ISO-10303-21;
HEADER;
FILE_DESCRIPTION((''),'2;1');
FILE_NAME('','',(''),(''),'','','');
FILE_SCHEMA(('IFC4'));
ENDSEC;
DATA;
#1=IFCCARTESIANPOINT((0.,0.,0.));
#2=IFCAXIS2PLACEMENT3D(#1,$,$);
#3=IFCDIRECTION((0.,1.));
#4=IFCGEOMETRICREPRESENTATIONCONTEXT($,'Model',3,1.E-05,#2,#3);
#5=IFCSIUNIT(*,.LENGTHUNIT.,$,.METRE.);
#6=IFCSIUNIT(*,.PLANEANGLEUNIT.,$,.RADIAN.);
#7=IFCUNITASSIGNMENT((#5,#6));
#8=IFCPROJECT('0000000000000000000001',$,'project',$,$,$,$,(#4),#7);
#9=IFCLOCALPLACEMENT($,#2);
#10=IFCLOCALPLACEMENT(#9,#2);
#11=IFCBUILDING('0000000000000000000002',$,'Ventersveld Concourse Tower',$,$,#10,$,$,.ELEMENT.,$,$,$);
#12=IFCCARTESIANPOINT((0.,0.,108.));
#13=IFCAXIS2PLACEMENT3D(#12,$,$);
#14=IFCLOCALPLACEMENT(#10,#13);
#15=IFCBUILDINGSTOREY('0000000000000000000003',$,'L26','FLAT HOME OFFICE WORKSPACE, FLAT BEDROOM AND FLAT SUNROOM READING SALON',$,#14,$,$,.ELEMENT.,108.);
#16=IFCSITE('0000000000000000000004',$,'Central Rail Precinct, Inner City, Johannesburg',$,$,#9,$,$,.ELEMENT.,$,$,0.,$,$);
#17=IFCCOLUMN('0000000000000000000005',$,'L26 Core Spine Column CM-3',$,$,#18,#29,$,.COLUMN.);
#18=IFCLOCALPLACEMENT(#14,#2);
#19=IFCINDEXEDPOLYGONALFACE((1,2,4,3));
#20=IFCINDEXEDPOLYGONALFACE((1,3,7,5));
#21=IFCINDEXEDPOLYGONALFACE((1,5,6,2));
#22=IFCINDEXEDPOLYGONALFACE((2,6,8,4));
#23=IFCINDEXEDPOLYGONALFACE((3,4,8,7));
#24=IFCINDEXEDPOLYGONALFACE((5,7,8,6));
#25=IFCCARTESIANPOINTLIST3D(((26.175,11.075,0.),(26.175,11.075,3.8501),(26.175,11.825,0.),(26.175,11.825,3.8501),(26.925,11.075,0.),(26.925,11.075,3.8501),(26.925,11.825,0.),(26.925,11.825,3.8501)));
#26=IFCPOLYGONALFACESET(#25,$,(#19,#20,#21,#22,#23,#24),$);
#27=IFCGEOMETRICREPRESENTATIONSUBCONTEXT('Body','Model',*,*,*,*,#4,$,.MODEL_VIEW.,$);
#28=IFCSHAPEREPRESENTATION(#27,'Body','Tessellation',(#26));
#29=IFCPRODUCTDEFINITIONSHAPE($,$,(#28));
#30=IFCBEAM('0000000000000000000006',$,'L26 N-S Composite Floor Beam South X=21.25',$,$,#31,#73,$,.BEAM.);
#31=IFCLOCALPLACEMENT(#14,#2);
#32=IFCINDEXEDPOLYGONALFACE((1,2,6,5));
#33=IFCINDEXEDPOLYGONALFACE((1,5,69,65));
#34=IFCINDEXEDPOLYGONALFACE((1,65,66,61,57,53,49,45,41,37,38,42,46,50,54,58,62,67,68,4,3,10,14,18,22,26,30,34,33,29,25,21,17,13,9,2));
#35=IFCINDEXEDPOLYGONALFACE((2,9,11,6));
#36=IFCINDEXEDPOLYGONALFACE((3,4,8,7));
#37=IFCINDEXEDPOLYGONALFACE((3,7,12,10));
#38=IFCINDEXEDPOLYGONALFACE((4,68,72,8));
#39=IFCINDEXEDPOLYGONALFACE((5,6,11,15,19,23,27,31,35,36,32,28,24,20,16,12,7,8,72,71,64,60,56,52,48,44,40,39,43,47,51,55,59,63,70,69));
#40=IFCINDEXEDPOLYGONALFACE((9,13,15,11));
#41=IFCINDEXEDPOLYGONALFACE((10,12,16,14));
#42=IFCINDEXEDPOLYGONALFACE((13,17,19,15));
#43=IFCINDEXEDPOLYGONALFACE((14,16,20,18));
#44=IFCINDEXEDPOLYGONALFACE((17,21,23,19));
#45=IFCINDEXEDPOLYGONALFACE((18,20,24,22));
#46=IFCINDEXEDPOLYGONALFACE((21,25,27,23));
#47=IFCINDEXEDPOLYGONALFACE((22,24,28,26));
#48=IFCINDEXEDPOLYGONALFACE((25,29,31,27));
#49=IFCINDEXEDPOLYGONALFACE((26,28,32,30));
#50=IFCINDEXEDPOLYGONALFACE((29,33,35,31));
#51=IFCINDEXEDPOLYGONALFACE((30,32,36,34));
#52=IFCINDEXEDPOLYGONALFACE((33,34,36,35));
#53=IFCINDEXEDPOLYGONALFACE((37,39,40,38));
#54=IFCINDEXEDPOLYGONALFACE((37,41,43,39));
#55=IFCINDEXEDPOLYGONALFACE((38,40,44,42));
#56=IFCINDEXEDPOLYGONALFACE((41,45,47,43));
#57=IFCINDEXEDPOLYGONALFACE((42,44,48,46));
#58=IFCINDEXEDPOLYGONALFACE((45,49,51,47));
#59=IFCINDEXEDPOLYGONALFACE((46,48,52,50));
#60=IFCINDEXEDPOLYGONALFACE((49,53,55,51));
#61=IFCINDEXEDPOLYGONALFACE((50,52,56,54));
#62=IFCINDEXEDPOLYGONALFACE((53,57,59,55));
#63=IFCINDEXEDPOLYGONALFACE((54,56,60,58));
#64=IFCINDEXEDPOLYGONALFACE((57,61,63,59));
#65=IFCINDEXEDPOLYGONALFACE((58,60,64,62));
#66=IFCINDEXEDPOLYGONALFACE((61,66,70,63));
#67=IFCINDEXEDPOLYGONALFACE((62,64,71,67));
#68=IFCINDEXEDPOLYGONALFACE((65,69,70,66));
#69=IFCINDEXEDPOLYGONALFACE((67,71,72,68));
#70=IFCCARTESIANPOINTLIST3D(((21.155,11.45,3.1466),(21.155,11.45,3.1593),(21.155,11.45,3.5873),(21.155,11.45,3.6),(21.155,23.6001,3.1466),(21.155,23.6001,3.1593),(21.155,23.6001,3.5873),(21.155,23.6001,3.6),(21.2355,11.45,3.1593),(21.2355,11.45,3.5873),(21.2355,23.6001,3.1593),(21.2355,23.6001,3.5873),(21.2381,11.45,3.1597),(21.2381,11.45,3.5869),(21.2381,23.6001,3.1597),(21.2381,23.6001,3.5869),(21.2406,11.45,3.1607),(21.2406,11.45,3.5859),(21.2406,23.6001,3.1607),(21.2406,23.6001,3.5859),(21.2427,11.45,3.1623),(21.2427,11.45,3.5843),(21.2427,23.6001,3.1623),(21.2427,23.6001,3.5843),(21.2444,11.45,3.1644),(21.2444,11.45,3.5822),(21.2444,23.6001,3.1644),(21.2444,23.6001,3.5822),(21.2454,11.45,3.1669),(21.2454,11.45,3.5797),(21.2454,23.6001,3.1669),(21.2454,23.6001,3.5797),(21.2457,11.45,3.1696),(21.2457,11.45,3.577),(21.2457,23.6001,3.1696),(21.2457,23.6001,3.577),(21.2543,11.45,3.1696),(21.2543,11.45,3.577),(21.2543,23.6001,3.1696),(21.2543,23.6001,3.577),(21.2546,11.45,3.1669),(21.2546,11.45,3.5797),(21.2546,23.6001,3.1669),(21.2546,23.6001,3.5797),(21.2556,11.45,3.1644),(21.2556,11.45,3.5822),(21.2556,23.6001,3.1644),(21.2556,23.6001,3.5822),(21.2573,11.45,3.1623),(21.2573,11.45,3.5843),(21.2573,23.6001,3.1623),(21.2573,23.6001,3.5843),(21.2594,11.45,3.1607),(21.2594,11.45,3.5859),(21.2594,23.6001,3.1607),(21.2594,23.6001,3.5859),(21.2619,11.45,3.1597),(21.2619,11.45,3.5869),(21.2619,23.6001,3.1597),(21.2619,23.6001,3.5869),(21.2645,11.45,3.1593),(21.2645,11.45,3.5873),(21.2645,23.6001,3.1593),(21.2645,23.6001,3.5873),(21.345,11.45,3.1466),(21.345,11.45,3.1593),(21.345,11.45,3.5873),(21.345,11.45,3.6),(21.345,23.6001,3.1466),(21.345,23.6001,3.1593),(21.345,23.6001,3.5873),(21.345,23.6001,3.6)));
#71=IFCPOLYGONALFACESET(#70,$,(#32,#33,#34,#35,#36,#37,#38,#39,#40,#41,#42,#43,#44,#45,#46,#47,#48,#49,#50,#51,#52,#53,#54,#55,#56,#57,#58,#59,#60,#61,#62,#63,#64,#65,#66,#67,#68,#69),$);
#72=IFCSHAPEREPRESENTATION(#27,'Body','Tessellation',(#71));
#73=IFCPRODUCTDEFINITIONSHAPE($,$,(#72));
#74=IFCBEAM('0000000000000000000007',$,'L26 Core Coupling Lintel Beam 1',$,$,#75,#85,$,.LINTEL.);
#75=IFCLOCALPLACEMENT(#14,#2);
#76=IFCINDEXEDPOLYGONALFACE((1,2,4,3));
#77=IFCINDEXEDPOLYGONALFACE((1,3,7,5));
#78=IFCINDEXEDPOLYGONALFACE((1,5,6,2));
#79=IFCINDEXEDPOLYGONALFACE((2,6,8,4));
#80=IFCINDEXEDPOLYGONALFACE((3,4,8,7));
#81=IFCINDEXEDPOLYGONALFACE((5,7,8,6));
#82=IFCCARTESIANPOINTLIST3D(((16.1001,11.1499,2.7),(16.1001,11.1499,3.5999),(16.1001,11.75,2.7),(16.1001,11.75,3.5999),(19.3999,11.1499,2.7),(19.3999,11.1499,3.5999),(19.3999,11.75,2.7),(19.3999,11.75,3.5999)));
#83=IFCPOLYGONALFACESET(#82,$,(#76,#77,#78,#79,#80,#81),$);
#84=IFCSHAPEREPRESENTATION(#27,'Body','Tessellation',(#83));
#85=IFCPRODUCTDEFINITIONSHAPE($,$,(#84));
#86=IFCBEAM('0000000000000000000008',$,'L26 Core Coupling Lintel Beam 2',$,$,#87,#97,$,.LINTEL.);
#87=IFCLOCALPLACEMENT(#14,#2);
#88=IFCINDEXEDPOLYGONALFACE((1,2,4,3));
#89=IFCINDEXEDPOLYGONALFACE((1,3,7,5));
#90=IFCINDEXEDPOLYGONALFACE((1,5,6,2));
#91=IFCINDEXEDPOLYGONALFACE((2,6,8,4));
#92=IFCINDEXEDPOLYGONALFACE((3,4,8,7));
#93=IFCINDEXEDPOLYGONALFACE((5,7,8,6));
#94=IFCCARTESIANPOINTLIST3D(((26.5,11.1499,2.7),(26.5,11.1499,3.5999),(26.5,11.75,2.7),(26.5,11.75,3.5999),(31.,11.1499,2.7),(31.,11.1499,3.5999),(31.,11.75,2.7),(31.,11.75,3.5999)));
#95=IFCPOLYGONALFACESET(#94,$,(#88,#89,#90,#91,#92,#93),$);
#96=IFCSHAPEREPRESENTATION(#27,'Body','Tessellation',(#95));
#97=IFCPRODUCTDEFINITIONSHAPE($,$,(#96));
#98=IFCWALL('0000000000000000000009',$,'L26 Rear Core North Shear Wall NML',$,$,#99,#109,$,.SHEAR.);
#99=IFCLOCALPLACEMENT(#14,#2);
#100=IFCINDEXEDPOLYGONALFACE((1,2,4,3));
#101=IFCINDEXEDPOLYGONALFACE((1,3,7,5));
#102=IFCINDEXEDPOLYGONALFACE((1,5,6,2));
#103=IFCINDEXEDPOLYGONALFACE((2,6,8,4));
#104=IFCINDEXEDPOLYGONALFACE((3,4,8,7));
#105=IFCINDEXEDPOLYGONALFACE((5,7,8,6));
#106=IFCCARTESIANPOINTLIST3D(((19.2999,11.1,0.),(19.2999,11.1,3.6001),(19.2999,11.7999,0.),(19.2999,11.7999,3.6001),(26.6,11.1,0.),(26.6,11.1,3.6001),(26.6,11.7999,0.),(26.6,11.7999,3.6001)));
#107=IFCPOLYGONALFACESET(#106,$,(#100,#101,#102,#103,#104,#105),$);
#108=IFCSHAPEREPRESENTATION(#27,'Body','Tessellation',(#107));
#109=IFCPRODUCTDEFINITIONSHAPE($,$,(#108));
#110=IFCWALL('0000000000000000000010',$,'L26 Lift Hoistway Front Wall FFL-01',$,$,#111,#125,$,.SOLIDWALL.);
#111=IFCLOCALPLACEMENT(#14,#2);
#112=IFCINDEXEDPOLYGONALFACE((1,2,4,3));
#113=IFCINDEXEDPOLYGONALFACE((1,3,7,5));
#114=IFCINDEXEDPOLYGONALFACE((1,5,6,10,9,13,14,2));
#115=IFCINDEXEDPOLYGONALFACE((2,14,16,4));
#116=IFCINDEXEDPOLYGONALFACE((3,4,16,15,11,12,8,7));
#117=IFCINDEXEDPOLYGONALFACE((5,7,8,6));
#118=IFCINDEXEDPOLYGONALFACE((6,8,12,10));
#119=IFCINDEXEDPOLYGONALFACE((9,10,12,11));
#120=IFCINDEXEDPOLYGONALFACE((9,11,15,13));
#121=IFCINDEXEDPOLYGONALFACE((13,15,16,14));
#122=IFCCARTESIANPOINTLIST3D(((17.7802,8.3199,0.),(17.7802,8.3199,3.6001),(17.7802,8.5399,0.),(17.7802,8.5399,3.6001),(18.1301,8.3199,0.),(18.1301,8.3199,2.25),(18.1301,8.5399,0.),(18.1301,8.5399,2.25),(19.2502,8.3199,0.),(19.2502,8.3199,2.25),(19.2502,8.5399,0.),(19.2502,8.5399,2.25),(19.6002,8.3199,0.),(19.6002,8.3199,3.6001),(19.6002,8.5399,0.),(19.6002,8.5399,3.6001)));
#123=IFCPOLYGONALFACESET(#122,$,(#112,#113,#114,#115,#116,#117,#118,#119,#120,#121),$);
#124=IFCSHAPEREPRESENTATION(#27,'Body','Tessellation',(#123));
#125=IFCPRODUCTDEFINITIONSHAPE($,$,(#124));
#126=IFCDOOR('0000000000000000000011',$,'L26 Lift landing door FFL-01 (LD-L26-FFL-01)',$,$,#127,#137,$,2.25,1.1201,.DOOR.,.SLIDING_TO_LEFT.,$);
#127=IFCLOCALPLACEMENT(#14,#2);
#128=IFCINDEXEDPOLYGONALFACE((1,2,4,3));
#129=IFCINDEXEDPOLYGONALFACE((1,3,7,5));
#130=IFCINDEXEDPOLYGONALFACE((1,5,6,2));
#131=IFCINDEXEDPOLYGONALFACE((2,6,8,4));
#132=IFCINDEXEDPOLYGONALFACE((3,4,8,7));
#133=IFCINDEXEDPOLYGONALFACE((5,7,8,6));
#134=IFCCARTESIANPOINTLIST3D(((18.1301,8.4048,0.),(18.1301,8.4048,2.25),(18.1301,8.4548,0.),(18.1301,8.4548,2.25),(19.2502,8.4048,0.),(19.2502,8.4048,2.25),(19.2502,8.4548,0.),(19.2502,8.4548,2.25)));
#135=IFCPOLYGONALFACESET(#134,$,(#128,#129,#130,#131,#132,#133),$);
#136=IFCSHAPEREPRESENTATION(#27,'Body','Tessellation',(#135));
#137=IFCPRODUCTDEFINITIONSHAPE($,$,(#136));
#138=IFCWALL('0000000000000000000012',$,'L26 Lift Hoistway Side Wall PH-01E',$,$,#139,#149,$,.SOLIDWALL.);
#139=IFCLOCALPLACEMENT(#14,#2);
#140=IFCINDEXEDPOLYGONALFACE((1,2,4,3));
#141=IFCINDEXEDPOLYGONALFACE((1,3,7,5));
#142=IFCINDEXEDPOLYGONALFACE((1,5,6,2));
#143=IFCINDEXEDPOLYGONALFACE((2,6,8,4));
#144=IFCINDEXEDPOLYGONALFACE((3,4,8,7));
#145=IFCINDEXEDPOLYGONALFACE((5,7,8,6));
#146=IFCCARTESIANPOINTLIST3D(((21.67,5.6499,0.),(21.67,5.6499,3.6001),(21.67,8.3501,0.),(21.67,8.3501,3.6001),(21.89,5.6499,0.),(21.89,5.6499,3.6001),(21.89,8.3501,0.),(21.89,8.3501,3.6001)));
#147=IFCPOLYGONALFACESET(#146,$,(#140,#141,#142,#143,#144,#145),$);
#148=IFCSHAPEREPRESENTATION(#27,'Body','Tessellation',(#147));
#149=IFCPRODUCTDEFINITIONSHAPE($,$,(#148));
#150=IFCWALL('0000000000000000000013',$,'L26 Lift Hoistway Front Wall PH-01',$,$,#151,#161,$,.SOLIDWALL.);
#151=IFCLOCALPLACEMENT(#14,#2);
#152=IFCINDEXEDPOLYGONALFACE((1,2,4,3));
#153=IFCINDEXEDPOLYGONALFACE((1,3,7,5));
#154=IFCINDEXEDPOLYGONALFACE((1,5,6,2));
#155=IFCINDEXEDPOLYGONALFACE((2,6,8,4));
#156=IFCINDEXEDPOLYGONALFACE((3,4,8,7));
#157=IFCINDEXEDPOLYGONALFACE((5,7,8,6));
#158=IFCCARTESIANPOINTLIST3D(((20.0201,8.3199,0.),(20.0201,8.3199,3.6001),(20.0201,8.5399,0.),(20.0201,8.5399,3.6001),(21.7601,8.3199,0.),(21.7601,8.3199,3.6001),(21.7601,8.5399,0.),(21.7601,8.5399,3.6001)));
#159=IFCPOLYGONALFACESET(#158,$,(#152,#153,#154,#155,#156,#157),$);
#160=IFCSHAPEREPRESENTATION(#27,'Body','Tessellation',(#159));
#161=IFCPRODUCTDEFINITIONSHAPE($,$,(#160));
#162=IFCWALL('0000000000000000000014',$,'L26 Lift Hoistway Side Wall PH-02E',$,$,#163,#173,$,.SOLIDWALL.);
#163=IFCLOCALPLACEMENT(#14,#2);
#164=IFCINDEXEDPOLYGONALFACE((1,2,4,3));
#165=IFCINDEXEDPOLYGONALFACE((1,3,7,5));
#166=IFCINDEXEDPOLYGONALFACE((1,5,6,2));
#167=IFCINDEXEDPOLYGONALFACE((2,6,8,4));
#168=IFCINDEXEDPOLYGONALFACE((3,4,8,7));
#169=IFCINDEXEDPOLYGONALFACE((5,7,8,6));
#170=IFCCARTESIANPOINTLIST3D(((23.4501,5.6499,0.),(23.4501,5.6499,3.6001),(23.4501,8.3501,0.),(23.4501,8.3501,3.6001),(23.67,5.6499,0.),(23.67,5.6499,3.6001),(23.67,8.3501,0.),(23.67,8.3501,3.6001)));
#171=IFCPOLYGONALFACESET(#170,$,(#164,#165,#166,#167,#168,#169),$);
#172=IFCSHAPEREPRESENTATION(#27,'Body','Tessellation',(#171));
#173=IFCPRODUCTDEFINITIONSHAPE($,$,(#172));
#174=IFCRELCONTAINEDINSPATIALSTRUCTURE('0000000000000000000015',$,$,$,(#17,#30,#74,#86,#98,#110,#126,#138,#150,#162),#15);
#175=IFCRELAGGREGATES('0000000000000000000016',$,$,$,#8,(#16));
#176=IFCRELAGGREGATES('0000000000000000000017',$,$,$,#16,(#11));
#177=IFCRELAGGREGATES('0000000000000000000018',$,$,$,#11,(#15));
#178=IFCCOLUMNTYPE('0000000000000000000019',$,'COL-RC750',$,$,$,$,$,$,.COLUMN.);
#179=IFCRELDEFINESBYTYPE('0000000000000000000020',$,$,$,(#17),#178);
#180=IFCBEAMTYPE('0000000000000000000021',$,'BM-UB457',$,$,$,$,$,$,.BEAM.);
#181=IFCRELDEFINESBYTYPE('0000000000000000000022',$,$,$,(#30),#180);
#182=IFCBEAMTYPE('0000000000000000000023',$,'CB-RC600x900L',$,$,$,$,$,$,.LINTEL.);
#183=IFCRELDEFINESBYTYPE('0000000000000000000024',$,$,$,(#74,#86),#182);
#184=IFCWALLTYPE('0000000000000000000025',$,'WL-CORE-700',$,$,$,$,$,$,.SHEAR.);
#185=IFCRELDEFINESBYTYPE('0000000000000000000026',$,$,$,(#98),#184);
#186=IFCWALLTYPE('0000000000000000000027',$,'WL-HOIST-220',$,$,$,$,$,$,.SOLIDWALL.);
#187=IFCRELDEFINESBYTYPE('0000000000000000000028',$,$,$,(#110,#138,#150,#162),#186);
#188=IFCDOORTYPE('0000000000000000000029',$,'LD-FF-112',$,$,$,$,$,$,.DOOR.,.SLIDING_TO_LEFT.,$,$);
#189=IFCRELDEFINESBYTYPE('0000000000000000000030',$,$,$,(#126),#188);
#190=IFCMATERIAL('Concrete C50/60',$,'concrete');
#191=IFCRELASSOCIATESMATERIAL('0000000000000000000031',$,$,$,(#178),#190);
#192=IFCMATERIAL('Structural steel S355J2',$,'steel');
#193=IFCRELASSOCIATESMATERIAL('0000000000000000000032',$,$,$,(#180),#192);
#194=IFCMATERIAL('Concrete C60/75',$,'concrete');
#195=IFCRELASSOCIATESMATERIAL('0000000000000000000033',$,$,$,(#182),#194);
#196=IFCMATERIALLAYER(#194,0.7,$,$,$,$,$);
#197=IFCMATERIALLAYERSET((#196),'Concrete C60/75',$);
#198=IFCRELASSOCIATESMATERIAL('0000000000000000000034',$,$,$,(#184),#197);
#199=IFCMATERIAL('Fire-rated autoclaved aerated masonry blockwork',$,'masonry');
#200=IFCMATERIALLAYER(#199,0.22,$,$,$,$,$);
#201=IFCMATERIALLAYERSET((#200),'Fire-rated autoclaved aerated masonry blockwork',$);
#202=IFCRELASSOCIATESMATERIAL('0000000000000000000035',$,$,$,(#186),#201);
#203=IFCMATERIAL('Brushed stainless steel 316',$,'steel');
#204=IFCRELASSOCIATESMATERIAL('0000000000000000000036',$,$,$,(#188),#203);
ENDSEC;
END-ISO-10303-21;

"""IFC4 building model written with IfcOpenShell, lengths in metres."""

from ifc_helpers import new_model, si_unit, direction, frame, frame_2d, origin, origin_2d, place, context, subcontext, project, spatial, rectangle, i_section, extrude, material, layer, layer_set, material_profile, profile_set, type_object, element, fill, save


model = new_model("IFC4")

# Units and contexts
model_context = context("Model", 3, precision=1e-05, world=origin(), true_north=direction((0.0, 1.0)))
body_context = subcontext(model_context, "Body", "Model", "MODEL_VIEW")
ifc_project = project(units=[si_unit("LENGTHUNIT", "METRE"), si_unit("PLANEANGLEUNIT", "RADIAN")], contexts=[model_context])

# Site, building, storey
site_placement = place(None, origin())
site = spatial("IfcSite", under=ifc_project, at=site_placement, Name="Central Rail Precinct, Inner City, Johannesburg", CompositionType="ELEMENT", RefElevation=0.0)
building_placement = place(site_placement, origin())
building = spatial("IfcBuilding", under=site, at=building_placement, Name="Ventersveld Concourse Tower", CompositionType="ELEMENT")
storey_placement = place(building_placement, frame((0.0, 0.0, 108.0)))
storey = spatial("IfcBuildingStorey", under=building, at=storey_placement, Name="L26", Description="FLAT HOME OFFICE WORKSPACE, FLAT BEDROOM AND FLAT SUNROOM READING SALON", CompositionType="ELEMENT", Elevation=108.0)

# Column
ifc_material_1 = material(Name="Concrete C50/60", Category="concrete")
ifc_material_profile_1 = material_profile(ifc_material_1, rectangle(XDim=0.75, YDim=0.75, at=origin_2d()), Name="RC 750x750")
ifc_profile_set_1 = profile_set([ifc_material_profile_1], Name="Concrete C50/60")
column_type = type_object("IfcColumnType", Name="COL-RC750", PredefinedType="COLUMN", material=ifc_profile_set_1)
column_placement = place(storey_placement, frame((26.55, 11.45, 0.0), z_axis=(0.0, 0.0, 1.0), x_axis=(1.0, 0.0, 0.0)))
element("IfcColumn", 1, at=column_placement, inside=storey, type_object=column_type, Name="L26 Core Spine Column CM-3", PredefinedType="COLUMN", context=body_context, shape_type="SweptSolid", body=[
    extrude(rectangle(XDim=0.75, YDim=0.75, at=origin_2d()), origin(), (0.0, 0.0, 1.0), 3.8501),
])

# Beams
ifc_material_2 = material(Name="Structural steel S355J2", Category="steel")
ifc_material_profile_2 = material_profile(ifc_material_2, i_section(OverallWidth=0.1899, OverallDepth=0.4534, WebThickness=0.0085, FlangeThickness=0.0127, FilletRadius=0.0103, at=origin_2d()), Name="UB 457x191x67")
ifc_profile_set_2 = profile_set([ifc_material_profile_2], Name="Structural steel S355J2")
beam_type_1 = type_object("IfcBeamType", Name="BM-UB457", PredefinedType="BEAM", material=ifc_profile_set_2)
beam_1_placement = place(storey_placement, frame((21.25, 11.45, 3.3733), z_axis=(0.0, 1.0, 0.0), x_axis=(-1.0, 0.0, 0.0)))
element("IfcBeam", 2, at=beam_1_placement, inside=storey, type_object=beam_type_1, Name="L26 N-S Composite Floor Beam South X=21.25", PredefinedType="BEAM", context=body_context, shape_type="SweptSolid", body=[
    extrude(i_section(OverallWidth=0.1899, OverallDepth=0.4534, WebThickness=0.0085, FlangeThickness=0.0127, FilletRadius=0.0103, at=origin_2d()), origin(), (0.0, 0.0, 1.0), 12.1501),
])
ifc_material_3 = material(Name="Concrete C60/75", Category="concrete")
ifc_material_profile_3 = material_profile(ifc_material_3, rectangle(XDim=0.6001, YDim=0.8999, at=origin_2d()), Name="RC 600x900")
ifc_profile_set_3 = profile_set([ifc_material_profile_3], Name="Concrete C60/75")
beam_type_2 = type_object("IfcBeamType", Name="CB-RC600x900L", PredefinedType="LINTEL", material=ifc_profile_set_3)
beam_2_placement = place(storey_placement, frame((16.1001, 11.45, 3.1499), z_axis=(1.0, 0.0, 0.0), x_axis=(0.0, 1.0, 0.0)))
element("IfcBeam", 3, at=beam_2_placement, inside=storey, type_object=beam_type_2, Name="L26 Core Coupling Lintel Beam 1", PredefinedType="LINTEL", context=body_context, shape_type="SweptSolid", body=[
    extrude(rectangle(XDim=0.6001, YDim=0.8999, at=origin_2d()), origin(), (0.0, 0.0, 1.0), 3.2998),
])
beam_3_placement = place(storey_placement, frame((26.5, 11.45, 3.1499), z_axis=(1.0, 0.0, 0.0), x_axis=(0.0, 1.0, 0.0)))
element("IfcBeam", 4, at=beam_3_placement, inside=storey, type_object=beam_type_2, Name="L26 Core Coupling Lintel Beam 2", PredefinedType="LINTEL", context=body_context, shape_type="SweptSolid", body=[
    extrude(rectangle(XDim=0.6001, YDim=0.8999, at=origin_2d()), origin(), (0.0, 0.0, 1.0), 4.5),
])

# Wall
ifc_layer_1 = layer(ifc_material_3, 0.7)
ifc_layer_set_1 = layer_set([ifc_layer_1], Name="Concrete C60/75")
wall_type_1 = type_object("IfcWallType", Name="WL-CORE-700", PredefinedType="SHEAR", material=ifc_layer_set_1)
wall_1_placement = place(storey_placement, frame((19.3, 11.45, 0.0), z_axis=(0.0, 0.0, 1.0), x_axis=(1.0, 0.0, 0.0)))
element("IfcWall", 5, at=wall_1_placement, inside=storey, type_object=wall_type_1, Name="L26 Rear Core North Shear Wall NML", PredefinedType="SHEAR", context=body_context, shape_type="SweptSolid", body=[
    extrude(rectangle(XDim=7.3, YDim=0.7, at=frame_2d((3.6499, 0.0))), origin(), (0.0, 0.0, 1.0), 3.6001),
])

# Wall, opening, door
ifc_material_4 = material(Name="Fire-rated autoclaved aerated masonry blockwork", Category="masonry")
ifc_layer_2 = layer(ifc_material_4, 0.22)
ifc_layer_set_2 = layer_set([ifc_layer_2], Name="Fire-rated autoclaved aerated masonry blockwork")
wall_type_2 = type_object("IfcWallType", Name="WL-HOIST-220", PredefinedType="SOLIDWALL", material=ifc_layer_set_2)
wall_2_placement = place(storey_placement, frame((17.78, 8.4299, 0.0), z_axis=(0.0, 0.0, 1.0), x_axis=(1.0, 0.0, 0.0)))
wall_2 = element("IfcWall", 6, at=wall_2_placement, inside=storey, type_object=wall_type_2, Name="L26 Lift Hoistway Front Wall FFL-01", PredefinedType="SOLIDWALL", context=body_context, shape_type="SweptSolid", body=[
    extrude(rectangle(XDim=1.8201, YDim=0.22, at=frame_2d((0.9102, 0.0))), origin(), (0.0, 0.0, 1.0), 3.6001),
])
opening_1_placement = place(wall_2_placement, frame((0.3501, 0.0, 0.0)))
opening_1 = element("IfcOpeningElement", 7, at=opening_1_placement, cuts=wall_2, PredefinedType="OPENING", context=body_context, shape_type="SweptSolid", body=[
    extrude(rectangle(XDim=1.1201, YDim=2.25, at=frame_2d((0.5601, 1.125))), frame((0.0, 0.1201, 0.0), z_axis=(0.0, -1.0, 0.0), x_axis=(1.0, 0.0, 0.0)), (0.0, 0.0, 1.0), 0.24),
])
ifc_material_5 = material(Name="Brushed stainless steel 316", Category="steel")
door_type_1 = type_object("IfcDoorType", Name="LD-FF-112", OperationType="SLIDING_TO_LEFT", PredefinedType="DOOR", material=ifc_material_5)
door_1_placement = place(opening_1_placement, origin())
door_1 = element("IfcDoor", 8, at=door_1_placement, inside=storey, type_object=door_type_1, Name="L26 Lift landing door FFL-01 (LD-L26-FFL-01)", OperationType="SLIDING_TO_LEFT", OverallHeight=2.25, OverallWidth=1.1201, PredefinedType="DOOR", context=body_context, shape_type="SweptSolid", body=[
    extrude(rectangle(XDim=1.1201, YDim=2.25, at=frame_2d((0.5601, 1.125))), frame((0.0, 0.0249, 0.0), z_axis=(0.0, -1.0, 0.0), x_axis=(1.0, 0.0, 0.0)), (0.0, 0.0, 1.0), 0.05),
])
fill(opening_1, door_1)

# Walls
wall_3_placement = place(storey_placement, frame((21.78, 5.6499, 0.0), z_axis=(0.0, 0.0, 1.0), x_axis=(0.0, 1.0, 0.0)))
element("IfcWall", 9, at=wall_3_placement, inside=storey, type_object=wall_type_2, Name="L26 Lift Hoistway Side Wall PH-01E", PredefinedType="SOLIDWALL", context=body_context, shape_type="SweptSolid", body=[
    extrude(rectangle(XDim=2.7002, YDim=0.22, at=frame_2d((1.3501, 0.0))), origin(), (0.0, 0.0, 1.0), 3.6001),
])
wall_4_placement = place(storey_placement, frame((20.02, 8.4299, 0.0), z_axis=(0.0, 0.0, 1.0), x_axis=(1.0, 0.0, 0.0)))
element("IfcWall", 10, at=wall_4_placement, inside=storey, type_object=wall_type_2, Name="L26 Lift Hoistway Front Wall PH-01", PredefinedType="SOLIDWALL", context=body_context, shape_type="SweptSolid", body=[
    extrude(rectangle(XDim=1.74, YDim=0.22, at=frame_2d((0.8701, 0.0))), origin(), (0.0, 0.0, 1.0), 3.6001),
])
wall_5_placement = place(storey_placement, frame((23.5601, 5.6499, 0.0), z_axis=(0.0, 0.0, 1.0), x_axis=(0.0, 1.0, 0.0)))
element("IfcWall", 11, at=wall_5_placement, inside=storey, type_object=wall_type_2, Name="L26 Lift Hoistway Side Wall PH-02E", PredefinedType="SOLIDWALL", context=body_context, shape_type="SweptSolid", body=[
    extrude(rectangle(XDim=2.7002, YDim=0.22, at=frame_2d((1.3501, 0.0))), origin(), (0.0, 0.0, 1.0), 3.6001),
])

save(model, "model.ifc")
